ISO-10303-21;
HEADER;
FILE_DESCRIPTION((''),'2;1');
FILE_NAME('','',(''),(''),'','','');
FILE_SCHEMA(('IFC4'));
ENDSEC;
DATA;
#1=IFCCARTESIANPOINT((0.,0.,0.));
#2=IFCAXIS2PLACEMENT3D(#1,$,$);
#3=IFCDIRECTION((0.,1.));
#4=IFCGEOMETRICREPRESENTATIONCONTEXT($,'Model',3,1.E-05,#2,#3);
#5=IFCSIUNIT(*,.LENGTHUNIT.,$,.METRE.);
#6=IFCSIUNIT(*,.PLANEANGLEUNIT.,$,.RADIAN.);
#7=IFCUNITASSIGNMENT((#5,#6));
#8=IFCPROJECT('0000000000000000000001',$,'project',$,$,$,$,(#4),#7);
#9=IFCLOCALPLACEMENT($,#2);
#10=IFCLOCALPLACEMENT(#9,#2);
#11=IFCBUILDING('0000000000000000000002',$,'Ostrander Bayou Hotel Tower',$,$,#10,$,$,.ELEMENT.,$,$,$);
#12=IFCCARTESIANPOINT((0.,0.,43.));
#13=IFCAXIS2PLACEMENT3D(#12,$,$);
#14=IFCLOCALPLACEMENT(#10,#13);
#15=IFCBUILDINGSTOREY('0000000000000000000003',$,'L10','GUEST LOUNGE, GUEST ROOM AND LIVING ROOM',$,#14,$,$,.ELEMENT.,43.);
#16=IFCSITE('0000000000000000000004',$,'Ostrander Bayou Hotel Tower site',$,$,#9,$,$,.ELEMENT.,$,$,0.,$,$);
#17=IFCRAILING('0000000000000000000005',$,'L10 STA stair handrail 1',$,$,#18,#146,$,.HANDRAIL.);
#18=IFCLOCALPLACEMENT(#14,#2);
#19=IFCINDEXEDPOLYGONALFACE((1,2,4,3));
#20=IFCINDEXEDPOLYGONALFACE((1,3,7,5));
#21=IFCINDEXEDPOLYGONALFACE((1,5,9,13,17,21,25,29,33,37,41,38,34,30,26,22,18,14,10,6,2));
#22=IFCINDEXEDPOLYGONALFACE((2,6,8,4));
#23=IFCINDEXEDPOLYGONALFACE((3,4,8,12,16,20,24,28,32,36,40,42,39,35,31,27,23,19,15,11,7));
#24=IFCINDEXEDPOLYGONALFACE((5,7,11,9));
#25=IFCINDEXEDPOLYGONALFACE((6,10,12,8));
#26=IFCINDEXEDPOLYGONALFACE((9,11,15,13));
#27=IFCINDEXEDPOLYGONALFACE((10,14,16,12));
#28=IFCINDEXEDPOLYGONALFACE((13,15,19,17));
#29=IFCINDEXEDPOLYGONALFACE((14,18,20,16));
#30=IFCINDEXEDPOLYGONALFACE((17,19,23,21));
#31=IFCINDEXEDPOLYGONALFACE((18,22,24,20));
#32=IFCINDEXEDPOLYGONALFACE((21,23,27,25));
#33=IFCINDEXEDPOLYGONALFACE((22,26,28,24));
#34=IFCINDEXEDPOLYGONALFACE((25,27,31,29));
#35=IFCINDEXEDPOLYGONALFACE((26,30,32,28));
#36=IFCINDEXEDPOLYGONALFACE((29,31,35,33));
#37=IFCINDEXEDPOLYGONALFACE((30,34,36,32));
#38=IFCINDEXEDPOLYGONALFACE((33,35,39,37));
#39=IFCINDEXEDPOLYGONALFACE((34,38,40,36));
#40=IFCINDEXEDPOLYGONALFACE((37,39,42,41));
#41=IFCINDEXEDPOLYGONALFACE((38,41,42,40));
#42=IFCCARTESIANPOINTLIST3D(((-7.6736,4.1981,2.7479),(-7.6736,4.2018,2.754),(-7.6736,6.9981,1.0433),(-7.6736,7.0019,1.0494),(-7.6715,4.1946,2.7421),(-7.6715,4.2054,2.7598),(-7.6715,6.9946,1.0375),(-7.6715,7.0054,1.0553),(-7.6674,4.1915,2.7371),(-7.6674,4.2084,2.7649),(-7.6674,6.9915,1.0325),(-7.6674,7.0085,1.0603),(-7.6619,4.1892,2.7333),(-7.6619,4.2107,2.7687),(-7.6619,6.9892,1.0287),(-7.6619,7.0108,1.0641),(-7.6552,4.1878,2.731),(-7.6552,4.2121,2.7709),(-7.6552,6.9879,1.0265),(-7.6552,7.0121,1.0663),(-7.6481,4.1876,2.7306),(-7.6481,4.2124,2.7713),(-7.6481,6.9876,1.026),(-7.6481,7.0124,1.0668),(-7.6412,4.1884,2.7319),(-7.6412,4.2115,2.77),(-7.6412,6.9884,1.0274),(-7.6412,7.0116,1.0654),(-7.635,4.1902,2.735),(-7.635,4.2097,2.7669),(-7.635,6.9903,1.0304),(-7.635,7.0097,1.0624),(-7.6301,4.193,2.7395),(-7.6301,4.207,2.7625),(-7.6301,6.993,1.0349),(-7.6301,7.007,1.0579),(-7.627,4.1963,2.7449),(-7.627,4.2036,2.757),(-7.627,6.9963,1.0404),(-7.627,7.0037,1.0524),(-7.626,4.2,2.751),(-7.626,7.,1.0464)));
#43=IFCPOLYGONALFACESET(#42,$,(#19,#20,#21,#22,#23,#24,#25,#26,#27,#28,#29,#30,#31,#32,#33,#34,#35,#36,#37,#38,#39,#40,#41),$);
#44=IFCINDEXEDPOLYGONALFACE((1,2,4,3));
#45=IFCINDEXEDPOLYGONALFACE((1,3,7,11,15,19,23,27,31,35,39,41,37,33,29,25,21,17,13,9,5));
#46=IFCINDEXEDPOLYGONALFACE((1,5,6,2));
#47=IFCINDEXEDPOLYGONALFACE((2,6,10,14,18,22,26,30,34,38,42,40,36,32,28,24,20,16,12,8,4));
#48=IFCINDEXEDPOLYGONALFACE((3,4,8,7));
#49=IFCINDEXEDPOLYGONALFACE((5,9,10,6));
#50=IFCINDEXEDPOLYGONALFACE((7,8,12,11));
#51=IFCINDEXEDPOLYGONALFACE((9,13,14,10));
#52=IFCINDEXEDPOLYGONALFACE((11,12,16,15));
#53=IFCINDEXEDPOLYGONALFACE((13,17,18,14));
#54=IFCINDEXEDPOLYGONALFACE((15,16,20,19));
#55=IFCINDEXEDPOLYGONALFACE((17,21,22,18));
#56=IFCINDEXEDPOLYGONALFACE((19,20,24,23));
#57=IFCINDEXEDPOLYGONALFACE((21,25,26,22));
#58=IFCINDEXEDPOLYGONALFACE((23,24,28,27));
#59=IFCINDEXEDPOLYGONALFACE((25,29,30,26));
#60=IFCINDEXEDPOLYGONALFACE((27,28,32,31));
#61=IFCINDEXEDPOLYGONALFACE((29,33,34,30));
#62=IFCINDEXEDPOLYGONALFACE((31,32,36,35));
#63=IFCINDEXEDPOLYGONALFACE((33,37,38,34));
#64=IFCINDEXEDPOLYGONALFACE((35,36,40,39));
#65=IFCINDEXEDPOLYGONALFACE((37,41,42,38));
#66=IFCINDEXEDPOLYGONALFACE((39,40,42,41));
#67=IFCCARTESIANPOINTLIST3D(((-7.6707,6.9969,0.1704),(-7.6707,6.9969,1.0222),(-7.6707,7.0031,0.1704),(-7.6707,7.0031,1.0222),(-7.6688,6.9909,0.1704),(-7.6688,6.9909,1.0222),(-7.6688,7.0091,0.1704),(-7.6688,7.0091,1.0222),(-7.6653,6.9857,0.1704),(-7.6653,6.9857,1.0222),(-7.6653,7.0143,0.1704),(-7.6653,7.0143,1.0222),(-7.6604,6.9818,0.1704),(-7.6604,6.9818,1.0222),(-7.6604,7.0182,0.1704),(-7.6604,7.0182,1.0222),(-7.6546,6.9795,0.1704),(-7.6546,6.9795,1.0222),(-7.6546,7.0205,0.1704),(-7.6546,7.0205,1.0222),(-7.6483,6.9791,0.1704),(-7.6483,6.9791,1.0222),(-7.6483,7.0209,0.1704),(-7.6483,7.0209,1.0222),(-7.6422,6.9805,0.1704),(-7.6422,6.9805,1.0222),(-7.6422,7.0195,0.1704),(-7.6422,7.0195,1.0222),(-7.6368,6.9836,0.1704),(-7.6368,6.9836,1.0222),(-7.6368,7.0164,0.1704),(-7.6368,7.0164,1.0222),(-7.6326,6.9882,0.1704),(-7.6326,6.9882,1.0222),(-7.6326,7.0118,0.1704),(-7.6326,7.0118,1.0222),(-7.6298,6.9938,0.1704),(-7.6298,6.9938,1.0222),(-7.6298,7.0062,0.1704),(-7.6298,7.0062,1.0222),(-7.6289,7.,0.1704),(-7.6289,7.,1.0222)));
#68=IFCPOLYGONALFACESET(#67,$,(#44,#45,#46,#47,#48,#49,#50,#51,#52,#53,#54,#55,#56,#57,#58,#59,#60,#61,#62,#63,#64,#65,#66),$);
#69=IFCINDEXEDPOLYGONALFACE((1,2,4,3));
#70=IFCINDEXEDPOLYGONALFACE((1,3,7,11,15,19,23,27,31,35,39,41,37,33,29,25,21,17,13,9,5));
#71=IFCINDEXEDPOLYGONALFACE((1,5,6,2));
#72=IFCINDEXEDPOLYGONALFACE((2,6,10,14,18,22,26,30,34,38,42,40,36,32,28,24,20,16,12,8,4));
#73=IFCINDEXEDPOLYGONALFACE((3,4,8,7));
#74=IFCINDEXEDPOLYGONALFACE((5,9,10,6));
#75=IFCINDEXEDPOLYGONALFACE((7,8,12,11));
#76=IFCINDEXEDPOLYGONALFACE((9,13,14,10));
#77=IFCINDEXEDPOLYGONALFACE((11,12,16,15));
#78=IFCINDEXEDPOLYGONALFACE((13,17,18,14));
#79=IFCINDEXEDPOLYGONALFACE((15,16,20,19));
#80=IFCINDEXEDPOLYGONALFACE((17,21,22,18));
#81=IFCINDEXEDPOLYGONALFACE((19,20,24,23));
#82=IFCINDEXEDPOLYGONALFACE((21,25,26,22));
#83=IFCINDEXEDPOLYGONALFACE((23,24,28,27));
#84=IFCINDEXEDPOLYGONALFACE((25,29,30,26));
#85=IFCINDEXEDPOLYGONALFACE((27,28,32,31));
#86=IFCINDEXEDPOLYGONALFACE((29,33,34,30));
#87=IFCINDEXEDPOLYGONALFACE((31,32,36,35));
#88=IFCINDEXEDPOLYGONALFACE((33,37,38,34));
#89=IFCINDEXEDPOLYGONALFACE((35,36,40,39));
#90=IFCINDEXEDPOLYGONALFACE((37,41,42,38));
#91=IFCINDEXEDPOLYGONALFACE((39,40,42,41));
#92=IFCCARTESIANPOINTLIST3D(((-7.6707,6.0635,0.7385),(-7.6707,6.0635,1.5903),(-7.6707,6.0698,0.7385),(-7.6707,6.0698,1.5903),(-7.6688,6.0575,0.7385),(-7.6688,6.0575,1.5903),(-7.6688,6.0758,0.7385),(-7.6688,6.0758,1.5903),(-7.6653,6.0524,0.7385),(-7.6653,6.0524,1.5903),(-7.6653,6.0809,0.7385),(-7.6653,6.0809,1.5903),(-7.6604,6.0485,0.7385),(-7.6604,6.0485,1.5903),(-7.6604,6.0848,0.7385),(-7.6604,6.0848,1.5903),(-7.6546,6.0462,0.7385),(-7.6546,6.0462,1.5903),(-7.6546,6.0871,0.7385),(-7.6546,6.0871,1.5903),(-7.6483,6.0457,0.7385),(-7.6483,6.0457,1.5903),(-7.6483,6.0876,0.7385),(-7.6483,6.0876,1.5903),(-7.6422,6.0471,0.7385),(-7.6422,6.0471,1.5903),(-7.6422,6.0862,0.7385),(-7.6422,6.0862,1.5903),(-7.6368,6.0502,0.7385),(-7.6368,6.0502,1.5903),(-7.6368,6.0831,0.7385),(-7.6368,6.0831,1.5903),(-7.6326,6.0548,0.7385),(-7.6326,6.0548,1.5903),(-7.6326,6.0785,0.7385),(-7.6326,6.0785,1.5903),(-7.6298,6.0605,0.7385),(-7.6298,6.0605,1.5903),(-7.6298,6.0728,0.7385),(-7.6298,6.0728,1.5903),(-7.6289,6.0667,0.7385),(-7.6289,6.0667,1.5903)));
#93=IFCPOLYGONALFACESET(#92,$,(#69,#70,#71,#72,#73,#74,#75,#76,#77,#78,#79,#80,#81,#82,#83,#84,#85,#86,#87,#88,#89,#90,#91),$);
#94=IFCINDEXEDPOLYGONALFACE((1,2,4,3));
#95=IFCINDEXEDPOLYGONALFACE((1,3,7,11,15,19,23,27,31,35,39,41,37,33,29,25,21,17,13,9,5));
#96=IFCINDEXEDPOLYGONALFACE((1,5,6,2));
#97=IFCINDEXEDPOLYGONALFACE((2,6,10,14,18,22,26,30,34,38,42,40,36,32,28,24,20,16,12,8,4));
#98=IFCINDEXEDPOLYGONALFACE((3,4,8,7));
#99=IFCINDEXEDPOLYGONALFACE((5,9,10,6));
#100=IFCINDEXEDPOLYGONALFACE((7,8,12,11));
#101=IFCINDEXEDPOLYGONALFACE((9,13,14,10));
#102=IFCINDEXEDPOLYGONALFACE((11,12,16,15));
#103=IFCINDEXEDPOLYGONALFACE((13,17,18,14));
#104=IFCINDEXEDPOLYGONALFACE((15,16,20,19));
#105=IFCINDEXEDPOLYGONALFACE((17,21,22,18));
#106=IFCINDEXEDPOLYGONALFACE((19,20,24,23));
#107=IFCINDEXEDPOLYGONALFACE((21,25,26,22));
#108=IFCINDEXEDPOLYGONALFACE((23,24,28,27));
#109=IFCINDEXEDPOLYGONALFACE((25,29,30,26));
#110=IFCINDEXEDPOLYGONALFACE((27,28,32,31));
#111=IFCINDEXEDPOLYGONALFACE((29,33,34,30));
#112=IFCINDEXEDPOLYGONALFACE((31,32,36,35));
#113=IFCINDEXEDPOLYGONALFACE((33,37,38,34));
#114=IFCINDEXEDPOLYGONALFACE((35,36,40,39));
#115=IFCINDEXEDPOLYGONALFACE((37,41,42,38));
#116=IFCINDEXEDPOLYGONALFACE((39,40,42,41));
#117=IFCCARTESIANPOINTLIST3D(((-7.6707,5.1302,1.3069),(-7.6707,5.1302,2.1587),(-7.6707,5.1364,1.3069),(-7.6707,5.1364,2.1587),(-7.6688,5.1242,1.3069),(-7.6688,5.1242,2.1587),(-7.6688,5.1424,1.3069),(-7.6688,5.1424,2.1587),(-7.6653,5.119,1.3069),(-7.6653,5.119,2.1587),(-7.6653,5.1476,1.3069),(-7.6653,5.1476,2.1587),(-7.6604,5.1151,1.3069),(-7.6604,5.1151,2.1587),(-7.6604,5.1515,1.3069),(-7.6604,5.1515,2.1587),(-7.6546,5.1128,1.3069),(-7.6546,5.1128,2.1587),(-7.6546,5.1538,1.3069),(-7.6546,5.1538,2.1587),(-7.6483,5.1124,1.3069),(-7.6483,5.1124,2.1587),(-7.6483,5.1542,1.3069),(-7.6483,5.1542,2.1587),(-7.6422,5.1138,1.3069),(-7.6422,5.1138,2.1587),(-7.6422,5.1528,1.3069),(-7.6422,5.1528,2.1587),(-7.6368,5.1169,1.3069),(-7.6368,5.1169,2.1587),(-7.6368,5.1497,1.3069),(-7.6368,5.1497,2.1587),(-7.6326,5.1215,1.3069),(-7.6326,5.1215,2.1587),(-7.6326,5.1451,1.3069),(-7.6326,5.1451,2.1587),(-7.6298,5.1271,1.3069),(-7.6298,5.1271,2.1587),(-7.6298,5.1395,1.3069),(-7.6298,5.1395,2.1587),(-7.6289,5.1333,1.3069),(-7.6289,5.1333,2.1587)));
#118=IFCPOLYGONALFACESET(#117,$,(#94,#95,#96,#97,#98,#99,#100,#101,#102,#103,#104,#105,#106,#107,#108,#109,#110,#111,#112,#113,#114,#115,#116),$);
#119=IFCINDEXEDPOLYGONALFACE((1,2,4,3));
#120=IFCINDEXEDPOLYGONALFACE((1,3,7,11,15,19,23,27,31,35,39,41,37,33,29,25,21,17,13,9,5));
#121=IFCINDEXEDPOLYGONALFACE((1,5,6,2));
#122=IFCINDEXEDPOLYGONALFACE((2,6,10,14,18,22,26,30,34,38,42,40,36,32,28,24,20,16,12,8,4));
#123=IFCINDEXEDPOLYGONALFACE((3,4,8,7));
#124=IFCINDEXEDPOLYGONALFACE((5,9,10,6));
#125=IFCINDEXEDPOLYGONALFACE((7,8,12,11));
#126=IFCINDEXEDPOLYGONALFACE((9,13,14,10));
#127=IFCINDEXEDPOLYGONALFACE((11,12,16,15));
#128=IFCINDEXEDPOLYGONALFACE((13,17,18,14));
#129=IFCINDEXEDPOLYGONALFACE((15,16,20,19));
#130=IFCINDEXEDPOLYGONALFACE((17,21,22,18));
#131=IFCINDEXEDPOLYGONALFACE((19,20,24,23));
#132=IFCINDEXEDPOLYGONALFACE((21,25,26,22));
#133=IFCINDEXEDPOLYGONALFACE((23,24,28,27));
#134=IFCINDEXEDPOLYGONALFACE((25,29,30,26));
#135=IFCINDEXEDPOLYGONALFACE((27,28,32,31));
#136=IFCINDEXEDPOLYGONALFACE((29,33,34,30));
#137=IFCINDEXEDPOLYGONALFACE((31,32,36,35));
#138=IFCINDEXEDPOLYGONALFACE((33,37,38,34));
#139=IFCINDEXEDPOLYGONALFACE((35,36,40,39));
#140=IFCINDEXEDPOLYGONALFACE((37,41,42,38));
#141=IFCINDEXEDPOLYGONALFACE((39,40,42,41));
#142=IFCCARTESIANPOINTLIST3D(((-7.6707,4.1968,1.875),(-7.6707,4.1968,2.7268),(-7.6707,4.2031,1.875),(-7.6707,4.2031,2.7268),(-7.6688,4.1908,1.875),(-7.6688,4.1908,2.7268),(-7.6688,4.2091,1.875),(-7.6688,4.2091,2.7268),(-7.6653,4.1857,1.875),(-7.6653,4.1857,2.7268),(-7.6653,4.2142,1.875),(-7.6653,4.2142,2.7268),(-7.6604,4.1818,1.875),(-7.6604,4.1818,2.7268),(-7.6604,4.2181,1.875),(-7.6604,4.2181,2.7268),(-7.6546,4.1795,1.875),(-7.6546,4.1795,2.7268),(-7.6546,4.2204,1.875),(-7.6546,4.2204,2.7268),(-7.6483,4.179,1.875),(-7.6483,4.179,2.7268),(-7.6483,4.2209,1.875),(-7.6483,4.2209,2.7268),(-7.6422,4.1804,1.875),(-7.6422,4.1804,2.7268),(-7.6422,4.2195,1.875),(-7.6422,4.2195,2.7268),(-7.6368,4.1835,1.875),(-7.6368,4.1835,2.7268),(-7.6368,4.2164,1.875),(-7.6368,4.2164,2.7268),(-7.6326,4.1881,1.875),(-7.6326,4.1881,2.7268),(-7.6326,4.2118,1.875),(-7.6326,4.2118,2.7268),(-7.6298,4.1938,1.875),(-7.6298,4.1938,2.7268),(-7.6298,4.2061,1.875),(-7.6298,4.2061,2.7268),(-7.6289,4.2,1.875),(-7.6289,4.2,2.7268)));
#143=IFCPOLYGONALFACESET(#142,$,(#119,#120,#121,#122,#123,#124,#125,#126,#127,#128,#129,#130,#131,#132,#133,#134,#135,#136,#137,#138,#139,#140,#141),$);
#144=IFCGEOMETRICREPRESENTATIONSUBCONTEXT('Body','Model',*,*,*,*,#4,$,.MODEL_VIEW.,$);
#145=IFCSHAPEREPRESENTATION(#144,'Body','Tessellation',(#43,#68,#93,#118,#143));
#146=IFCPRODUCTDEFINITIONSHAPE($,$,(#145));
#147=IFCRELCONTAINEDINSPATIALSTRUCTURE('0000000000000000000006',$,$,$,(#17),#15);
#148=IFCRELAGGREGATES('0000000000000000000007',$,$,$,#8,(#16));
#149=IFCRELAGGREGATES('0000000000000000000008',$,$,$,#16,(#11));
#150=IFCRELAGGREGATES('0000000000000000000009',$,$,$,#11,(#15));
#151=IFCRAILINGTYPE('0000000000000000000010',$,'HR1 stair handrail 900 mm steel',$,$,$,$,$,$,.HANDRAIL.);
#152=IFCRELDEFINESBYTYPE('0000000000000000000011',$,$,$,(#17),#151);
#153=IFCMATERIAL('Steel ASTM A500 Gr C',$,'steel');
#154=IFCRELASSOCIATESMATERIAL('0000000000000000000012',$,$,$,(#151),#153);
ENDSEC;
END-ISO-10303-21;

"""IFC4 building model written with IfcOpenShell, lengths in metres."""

from ifc_helpers import new_model, si_unit, direction, frame, origin, origin_2d, place, context, subcontext, project, spatial, circle, extrude, material, type_object, element, save


model = new_model("IFC4")

# Units and contexts
model_context = context("Model", 3, precision=1e-05, world=origin(), true_north=direction((0.0, 1.0)))
body_context = subcontext(model_context, "Body", "Model", "MODEL_VIEW")
ifc_project = project(units=[si_unit("LENGTHUNIT", "METRE"), si_unit("PLANEANGLEUNIT", "RADIAN")], contexts=[model_context])

# Site, building, storey
site_placement = place(None, origin())
site = spatial("IfcSite", under=ifc_project, at=site_placement, Name="Ostrander Bayou Hotel Tower site", CompositionType="ELEMENT", RefElevation=0.0)
building_placement = place(site_placement, origin())
building = spatial("IfcBuilding", under=site, at=building_placement, Name="Ostrander Bayou Hotel Tower", CompositionType="ELEMENT")
storey_placement = place(building_placement, frame((0.0, 0.0, 43.0)))
storey = spatial("IfcBuildingStorey", under=building, at=storey_placement, Name="L10", Description="GUEST LOUNGE, GUEST ROOM AND LIVING ROOM", CompositionType="ELEMENT", Elevation=43.0)

# Railing
ifc_material_1 = material(Name="Steel ASTM A500 Gr C", Category="steel")
railing_type_1 = type_object("IfcRailingType", Name="HR1 stair handrail 900 mm steel", PredefinedType="HANDRAIL", material=ifc_material_1)
railing_1_placement = place(storey_placement, frame((-7.6499, 7.0, 0.1704)))
element("IfcRailing", 1, at=railing_1_placement, inside=storey, type_object=railing_type_1, Name="L10 STA stair handrail 1", PredefinedType="HANDRAIL", context=body_context, shape_type="SweptSolid", body=[
    extrude(circle(Radius=0.0239, at=origin_2d()), frame((0.0, 0.0, 0.876), z_axis=(0.0, -0.85417, 0.519994), x_axis=(1.0, 0.0, 0.0)), (0.0, 0.0, 1.0), 3.2781),
    extrude(circle(Radius=0.021, at=origin_2d()), origin(), (0.0, 0.0, 1.0), 0.8518),
    extrude(circle(Radius=0.021, at=origin_2d()), frame((0.0, -0.9333, 0.5681)), (0.0, 0.0, 1.0), 0.8518),
    extrude(circle(Radius=0.021, at=origin_2d()), frame((0.0, -1.8667, 1.1365)), (0.0, 0.0, 1.0), 0.8518),
    extrude(circle(Radius=0.021, at=origin_2d()), frame((0.0, -2.8, 1.7046)), (0.0, 0.0, 1.0), 0.8518),
])

save(model, "model.ifc")
